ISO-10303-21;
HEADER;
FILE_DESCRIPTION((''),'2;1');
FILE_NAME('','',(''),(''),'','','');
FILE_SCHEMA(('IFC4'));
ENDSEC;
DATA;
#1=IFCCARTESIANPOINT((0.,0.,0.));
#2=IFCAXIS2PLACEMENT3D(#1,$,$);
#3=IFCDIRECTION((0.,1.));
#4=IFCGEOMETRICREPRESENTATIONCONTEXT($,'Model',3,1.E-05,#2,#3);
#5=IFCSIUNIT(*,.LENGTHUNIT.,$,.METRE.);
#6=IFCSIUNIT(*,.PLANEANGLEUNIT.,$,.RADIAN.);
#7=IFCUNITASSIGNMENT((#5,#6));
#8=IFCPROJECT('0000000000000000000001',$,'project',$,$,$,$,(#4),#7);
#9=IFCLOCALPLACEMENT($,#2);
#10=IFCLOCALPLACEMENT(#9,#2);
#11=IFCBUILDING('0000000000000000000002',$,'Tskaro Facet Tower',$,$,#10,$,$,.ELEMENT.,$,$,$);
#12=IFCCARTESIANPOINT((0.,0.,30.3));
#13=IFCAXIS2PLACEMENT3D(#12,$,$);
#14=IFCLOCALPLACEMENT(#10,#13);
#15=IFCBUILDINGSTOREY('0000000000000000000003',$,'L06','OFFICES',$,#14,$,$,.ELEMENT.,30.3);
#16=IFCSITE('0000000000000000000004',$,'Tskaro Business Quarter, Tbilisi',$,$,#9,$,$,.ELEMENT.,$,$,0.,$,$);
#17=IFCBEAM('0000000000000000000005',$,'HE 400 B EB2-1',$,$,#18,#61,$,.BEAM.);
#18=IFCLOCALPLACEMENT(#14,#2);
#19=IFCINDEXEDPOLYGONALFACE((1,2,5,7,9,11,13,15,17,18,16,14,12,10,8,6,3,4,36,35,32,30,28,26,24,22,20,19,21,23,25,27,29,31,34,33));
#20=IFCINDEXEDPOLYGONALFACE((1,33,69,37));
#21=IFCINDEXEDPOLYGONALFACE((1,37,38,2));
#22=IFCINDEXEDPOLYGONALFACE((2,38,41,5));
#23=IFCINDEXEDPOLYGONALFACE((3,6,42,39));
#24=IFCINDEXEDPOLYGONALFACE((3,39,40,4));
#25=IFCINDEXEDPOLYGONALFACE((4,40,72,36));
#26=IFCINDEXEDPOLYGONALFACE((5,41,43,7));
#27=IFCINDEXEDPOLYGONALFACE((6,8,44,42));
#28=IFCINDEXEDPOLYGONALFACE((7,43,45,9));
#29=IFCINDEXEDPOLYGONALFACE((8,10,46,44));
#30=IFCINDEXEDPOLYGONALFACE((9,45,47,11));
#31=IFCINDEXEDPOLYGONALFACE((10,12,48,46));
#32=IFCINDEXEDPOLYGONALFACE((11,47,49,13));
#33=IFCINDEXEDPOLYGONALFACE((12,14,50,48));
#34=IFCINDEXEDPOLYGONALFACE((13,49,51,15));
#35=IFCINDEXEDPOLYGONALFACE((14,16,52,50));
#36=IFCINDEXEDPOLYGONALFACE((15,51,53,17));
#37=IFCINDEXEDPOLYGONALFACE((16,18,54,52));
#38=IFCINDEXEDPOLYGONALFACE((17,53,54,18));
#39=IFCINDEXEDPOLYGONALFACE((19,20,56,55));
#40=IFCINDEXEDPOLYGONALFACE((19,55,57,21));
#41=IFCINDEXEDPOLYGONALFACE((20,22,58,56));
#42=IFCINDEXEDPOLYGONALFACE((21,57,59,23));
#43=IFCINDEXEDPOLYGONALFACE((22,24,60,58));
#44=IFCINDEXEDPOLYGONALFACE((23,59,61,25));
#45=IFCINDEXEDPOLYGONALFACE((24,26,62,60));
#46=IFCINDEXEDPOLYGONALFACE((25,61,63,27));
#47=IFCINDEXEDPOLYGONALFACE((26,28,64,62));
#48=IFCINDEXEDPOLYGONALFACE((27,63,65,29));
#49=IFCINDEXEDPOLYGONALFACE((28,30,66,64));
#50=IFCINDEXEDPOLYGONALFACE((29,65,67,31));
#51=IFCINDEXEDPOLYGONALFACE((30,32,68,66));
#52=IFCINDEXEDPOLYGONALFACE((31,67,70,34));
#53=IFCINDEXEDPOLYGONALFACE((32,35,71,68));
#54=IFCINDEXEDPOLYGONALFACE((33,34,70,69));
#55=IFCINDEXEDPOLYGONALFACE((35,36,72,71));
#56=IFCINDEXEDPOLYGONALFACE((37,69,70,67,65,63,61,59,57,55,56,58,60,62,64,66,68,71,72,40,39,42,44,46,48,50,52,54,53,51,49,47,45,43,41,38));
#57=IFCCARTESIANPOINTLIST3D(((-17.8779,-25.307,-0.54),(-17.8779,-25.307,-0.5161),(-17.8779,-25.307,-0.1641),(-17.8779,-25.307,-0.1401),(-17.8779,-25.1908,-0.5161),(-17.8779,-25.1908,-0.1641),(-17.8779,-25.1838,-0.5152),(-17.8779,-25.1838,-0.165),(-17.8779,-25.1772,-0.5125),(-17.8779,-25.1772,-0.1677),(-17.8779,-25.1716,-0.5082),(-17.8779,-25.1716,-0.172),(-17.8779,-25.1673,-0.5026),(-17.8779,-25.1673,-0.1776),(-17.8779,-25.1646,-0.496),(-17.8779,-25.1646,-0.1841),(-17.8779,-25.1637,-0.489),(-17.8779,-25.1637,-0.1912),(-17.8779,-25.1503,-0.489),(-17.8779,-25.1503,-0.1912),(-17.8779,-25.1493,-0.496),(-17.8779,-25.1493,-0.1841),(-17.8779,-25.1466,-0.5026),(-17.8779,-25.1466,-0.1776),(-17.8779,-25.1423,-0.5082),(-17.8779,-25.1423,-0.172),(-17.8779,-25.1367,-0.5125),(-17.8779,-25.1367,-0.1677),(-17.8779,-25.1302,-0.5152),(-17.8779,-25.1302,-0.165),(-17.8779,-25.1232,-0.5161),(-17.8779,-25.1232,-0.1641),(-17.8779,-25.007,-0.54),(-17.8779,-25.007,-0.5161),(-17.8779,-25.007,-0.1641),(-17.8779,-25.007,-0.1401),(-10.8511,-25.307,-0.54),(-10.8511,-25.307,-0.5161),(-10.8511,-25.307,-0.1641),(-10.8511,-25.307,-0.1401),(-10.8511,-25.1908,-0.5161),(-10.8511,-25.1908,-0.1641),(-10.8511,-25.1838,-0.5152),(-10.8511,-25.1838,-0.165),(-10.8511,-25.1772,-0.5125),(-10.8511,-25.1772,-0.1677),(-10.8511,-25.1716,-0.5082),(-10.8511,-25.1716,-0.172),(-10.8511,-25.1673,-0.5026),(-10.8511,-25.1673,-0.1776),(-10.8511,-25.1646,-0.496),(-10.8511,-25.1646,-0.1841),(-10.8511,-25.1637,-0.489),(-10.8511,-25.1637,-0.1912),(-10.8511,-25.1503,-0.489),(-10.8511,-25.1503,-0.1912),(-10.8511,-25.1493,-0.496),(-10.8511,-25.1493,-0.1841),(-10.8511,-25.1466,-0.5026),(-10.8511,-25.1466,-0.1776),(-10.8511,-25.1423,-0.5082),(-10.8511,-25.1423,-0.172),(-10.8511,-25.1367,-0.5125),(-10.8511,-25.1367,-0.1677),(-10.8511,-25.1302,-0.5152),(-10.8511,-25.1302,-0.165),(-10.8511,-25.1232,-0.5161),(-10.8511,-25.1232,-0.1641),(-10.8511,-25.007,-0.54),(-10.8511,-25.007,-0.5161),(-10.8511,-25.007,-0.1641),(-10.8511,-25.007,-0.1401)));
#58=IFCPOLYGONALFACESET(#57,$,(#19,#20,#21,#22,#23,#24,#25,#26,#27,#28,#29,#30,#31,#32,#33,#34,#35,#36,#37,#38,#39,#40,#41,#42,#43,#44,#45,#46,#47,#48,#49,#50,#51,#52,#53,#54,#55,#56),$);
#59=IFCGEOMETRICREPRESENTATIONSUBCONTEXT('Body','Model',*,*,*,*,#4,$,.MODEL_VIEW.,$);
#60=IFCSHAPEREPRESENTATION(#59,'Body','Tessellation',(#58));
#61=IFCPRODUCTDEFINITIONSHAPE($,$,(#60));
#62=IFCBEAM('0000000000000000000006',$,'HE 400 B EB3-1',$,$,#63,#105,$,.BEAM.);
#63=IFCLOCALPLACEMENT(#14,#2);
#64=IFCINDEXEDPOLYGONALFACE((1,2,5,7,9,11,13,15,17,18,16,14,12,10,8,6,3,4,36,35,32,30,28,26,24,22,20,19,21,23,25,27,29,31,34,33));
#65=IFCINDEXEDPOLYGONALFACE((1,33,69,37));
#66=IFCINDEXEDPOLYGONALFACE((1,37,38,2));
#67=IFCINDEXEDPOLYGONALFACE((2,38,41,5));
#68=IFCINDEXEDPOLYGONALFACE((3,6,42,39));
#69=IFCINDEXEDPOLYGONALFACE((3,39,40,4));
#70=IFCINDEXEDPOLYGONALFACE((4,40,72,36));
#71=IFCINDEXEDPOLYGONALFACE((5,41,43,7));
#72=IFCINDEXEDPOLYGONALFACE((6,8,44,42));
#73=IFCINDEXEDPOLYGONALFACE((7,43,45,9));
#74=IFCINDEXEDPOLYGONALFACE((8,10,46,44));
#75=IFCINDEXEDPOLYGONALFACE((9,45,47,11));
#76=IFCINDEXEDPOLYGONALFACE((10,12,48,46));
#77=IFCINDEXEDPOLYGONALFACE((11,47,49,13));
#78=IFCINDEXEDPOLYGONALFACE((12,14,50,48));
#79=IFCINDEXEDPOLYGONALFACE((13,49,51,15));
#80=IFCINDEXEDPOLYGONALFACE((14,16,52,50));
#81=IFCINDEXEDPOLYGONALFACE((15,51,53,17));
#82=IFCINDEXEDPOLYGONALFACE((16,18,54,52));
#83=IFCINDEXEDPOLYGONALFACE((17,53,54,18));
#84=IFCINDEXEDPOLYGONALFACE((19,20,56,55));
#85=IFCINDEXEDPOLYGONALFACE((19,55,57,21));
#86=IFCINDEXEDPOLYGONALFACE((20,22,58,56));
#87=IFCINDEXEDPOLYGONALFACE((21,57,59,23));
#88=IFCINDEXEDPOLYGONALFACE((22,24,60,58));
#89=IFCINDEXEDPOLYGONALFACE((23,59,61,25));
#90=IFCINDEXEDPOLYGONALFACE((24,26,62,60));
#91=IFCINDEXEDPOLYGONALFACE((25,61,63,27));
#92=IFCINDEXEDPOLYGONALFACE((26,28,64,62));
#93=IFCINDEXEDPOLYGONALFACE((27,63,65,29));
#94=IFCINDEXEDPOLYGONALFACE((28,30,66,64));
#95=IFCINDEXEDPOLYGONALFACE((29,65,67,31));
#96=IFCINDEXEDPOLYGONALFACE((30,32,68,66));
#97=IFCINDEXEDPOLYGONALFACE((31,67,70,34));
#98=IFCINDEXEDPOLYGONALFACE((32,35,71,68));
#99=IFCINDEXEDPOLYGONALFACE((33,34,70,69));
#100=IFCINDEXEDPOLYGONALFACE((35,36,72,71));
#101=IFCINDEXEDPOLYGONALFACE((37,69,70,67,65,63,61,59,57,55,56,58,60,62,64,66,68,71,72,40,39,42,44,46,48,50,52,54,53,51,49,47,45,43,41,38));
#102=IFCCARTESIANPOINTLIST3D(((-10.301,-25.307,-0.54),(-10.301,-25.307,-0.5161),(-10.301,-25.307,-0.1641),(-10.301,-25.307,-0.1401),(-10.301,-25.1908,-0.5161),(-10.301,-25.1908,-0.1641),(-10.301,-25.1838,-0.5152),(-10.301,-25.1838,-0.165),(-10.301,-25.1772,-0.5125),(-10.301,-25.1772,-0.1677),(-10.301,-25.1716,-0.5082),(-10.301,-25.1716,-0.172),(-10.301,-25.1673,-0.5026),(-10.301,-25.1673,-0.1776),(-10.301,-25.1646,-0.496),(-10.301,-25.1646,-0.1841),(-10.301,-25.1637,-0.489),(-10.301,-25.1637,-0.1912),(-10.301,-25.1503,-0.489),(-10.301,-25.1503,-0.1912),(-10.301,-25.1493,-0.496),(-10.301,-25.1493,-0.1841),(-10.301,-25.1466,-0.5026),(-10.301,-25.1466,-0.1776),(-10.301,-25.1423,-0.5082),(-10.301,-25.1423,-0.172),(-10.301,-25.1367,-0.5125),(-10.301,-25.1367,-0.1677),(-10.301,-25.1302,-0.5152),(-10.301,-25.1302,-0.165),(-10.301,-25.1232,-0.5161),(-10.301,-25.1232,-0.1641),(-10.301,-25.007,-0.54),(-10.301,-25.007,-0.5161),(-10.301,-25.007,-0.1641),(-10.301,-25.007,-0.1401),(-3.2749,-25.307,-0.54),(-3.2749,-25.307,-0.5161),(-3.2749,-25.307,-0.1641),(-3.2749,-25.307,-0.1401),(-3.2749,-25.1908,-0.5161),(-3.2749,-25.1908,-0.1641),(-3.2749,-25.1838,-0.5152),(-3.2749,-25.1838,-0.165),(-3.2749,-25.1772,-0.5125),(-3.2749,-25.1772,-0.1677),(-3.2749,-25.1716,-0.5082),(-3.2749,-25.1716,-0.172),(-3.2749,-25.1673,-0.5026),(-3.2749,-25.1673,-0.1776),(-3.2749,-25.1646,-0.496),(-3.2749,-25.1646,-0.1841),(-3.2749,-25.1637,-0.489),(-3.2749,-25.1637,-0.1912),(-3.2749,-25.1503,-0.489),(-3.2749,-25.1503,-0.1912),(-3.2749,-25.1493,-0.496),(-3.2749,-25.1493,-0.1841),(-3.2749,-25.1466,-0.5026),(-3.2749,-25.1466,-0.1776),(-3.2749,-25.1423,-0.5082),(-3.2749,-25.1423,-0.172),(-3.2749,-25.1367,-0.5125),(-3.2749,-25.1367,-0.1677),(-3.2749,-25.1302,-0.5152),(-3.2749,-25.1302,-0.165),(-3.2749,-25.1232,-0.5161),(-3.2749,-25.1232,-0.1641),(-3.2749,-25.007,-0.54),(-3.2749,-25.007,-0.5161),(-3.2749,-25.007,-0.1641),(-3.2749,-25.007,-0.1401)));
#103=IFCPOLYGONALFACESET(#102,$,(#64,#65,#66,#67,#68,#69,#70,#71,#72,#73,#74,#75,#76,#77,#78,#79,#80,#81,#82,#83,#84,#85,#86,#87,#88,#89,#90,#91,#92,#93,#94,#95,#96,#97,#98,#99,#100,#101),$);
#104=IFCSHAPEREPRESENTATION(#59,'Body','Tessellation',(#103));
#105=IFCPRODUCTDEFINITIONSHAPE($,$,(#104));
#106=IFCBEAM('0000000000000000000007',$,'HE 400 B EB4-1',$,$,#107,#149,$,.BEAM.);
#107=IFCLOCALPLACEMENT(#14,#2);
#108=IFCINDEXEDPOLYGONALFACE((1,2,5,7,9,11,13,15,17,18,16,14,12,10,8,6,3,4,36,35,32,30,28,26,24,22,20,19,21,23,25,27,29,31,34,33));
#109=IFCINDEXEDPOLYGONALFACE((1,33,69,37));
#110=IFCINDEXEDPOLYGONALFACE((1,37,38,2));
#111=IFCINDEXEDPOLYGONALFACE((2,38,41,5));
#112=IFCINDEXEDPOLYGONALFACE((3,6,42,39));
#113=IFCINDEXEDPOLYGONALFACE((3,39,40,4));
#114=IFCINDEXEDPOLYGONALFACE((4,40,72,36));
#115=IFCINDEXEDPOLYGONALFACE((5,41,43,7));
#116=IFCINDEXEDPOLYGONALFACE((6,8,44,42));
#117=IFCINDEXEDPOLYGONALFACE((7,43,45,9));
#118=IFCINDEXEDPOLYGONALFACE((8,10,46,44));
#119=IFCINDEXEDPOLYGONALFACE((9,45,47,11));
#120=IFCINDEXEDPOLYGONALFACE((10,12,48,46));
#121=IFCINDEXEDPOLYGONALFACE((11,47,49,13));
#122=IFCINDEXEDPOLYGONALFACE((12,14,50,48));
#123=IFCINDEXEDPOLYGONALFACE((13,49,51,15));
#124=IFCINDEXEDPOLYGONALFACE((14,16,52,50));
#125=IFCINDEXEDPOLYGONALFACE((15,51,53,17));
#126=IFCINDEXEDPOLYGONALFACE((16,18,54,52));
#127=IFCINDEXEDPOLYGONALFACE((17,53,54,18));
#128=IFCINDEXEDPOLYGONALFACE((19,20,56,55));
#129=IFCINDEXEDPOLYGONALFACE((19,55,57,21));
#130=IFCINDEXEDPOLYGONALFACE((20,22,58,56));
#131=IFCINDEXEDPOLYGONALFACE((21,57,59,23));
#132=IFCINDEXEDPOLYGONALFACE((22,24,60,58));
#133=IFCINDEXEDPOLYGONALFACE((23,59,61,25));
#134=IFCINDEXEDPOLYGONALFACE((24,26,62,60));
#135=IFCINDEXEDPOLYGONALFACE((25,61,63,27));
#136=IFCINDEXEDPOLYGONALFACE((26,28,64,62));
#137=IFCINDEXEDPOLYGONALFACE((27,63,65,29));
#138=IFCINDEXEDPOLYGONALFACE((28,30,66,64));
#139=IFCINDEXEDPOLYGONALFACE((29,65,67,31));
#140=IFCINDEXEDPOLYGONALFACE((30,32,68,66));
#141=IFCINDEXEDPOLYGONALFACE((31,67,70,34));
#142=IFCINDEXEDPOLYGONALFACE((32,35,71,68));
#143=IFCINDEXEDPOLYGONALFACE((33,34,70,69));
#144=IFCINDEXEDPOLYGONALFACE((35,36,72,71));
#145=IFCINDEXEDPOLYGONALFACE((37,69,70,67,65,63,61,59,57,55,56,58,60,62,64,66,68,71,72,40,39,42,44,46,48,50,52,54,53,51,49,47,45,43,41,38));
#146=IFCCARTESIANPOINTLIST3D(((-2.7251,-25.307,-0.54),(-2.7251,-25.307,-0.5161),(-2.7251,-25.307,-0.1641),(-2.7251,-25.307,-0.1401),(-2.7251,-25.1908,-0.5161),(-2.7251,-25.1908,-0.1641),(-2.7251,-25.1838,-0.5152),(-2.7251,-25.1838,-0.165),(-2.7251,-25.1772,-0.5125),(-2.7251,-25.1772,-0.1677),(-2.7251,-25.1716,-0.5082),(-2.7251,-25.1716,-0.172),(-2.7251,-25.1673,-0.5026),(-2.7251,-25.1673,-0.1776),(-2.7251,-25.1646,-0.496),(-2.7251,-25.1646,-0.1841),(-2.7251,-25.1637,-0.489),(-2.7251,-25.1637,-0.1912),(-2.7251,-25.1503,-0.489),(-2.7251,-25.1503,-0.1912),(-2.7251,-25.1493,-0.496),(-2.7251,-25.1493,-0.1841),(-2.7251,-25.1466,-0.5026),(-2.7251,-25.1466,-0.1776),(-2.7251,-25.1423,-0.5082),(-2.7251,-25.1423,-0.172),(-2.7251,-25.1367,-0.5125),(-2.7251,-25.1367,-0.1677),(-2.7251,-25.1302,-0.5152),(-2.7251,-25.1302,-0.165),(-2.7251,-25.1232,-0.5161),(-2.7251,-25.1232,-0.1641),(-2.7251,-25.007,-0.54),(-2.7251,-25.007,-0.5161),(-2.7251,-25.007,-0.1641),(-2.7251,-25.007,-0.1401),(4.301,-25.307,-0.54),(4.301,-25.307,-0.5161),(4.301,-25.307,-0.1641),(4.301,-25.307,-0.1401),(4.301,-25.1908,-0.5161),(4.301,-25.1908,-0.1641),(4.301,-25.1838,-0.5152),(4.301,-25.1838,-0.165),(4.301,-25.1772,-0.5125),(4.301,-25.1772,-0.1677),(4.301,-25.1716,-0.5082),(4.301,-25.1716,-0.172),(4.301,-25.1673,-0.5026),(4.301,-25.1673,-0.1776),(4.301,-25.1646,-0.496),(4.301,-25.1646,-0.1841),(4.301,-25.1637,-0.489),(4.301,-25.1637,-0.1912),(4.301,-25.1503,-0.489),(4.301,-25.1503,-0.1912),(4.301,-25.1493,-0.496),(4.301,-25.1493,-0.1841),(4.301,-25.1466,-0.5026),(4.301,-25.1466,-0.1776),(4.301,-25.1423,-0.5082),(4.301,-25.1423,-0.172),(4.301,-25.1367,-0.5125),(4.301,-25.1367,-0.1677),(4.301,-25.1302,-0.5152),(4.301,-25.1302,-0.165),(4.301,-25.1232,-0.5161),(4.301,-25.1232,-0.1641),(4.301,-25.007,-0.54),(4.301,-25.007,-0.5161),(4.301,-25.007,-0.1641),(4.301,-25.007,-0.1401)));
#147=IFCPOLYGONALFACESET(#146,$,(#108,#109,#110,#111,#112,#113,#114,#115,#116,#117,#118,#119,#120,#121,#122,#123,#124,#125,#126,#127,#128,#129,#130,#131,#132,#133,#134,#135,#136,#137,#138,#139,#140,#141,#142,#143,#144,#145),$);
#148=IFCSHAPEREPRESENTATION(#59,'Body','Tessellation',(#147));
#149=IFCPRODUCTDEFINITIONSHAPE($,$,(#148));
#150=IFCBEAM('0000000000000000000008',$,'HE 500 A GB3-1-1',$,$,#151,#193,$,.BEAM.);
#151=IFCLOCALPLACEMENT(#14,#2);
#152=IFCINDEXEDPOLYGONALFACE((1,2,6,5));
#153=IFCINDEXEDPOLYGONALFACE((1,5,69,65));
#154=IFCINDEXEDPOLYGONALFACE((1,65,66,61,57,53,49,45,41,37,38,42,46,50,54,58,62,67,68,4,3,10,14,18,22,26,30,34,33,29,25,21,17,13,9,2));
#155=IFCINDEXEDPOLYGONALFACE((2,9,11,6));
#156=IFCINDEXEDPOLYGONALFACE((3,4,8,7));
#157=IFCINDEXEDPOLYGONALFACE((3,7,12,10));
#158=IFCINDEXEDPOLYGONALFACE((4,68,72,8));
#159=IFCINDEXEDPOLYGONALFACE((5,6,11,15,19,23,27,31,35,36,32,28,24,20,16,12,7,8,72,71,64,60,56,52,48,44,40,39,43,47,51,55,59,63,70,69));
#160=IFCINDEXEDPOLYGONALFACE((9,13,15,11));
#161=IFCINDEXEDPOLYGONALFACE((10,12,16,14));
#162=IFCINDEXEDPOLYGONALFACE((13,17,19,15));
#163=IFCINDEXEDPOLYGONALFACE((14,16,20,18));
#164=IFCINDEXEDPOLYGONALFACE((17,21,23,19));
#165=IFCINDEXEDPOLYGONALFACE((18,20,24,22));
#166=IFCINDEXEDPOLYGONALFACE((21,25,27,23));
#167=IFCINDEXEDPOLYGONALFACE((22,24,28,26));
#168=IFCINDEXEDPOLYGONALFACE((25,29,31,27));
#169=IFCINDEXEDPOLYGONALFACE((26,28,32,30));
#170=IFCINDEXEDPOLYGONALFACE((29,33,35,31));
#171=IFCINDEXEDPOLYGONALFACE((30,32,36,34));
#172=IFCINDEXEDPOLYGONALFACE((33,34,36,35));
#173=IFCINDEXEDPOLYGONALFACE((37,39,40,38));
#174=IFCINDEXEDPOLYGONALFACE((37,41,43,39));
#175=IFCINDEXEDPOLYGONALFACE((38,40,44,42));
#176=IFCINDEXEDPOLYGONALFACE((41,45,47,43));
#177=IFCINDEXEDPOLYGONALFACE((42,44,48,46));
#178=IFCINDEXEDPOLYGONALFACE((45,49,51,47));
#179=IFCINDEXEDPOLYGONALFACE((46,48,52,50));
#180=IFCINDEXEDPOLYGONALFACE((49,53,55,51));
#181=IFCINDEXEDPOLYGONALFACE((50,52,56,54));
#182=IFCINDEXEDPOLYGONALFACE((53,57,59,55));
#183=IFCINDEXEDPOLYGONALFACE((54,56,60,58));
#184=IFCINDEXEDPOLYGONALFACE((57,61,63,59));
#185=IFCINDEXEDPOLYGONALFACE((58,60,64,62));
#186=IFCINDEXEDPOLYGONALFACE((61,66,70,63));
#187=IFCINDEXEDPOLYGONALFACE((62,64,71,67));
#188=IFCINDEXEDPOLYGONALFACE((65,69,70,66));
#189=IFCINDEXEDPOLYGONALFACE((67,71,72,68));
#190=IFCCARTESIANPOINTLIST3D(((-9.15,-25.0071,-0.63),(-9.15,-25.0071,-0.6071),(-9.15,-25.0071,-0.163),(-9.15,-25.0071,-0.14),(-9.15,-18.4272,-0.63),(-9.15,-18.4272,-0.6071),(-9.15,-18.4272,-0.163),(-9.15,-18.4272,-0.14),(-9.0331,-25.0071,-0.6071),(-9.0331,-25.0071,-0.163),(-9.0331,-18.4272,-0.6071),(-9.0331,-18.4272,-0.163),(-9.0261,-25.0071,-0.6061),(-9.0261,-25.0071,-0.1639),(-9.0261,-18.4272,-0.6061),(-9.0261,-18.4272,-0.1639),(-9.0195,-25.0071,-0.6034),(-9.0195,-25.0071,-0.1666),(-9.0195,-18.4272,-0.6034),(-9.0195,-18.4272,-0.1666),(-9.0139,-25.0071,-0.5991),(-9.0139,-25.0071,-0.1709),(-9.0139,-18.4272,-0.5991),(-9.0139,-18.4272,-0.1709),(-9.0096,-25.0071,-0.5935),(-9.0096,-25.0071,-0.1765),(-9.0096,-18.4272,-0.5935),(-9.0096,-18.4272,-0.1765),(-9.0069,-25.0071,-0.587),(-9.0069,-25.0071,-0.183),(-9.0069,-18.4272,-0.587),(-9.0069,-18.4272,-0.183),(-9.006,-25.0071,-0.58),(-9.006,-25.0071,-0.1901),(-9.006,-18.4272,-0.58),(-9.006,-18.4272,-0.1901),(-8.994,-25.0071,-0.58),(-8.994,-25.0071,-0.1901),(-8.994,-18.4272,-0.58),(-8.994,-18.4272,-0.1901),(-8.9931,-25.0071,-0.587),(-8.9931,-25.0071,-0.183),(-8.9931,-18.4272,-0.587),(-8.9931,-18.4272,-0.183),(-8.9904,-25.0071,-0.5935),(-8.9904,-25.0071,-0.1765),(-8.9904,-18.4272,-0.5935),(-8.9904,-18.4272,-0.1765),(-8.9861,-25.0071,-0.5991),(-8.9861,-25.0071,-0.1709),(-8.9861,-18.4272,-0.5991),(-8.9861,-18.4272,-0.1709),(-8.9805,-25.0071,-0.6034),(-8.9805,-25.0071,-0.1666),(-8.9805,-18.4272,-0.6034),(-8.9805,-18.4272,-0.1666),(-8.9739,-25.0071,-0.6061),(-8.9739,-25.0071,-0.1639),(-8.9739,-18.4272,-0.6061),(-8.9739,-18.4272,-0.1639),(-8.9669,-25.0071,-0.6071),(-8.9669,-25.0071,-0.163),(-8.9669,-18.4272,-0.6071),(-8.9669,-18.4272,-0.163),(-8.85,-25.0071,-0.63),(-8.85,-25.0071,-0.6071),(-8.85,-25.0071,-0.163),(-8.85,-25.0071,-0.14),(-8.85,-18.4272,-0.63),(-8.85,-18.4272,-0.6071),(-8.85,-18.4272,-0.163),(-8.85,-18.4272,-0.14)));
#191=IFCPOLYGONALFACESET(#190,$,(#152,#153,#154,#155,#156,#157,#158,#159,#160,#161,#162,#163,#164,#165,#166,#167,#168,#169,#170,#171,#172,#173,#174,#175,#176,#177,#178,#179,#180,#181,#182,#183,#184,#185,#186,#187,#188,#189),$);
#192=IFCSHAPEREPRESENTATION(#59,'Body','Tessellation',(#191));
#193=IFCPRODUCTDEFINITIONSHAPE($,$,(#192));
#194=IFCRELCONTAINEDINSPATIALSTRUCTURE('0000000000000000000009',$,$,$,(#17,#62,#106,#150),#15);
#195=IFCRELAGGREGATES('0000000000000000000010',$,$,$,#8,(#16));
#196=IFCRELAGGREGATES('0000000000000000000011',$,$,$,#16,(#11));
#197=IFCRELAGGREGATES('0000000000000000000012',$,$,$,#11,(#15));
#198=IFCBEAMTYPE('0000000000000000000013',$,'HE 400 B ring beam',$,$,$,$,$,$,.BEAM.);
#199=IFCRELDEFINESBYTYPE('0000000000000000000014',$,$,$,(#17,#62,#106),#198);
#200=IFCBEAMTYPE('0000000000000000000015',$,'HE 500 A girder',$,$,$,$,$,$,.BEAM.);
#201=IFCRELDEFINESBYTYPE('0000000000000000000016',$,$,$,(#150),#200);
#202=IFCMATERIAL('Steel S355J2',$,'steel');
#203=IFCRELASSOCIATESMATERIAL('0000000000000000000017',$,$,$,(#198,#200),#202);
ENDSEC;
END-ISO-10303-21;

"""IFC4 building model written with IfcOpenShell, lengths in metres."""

from ifc_helpers import new_model, si_unit, direction, frame, origin, origin_2d, place, context, subcontext, project, spatial, i_section, extrude, material, material_profile, profile_set, type_object, element, save


model = new_model("IFC4")

# Units and contexts
model_context = context("Model", 3, precision=1e-05, world=origin(), true_north=direction((0.0, 1.0)))
body_context = subcontext(model_context, "Body", "Model", "MODEL_VIEW")
ifc_project = project(units=[si_unit("LENGTHUNIT", "METRE"), si_unit("PLANEANGLEUNIT", "RADIAN")], contexts=[model_context])

# Site, building, storey
site_placement = place(None, origin())
site = spatial("IfcSite", under=ifc_project, at=site_placement, Name="Tskaro Business Quarter, Tbilisi", CompositionType="ELEMENT", RefElevation=0.0)
building_placement = place(site_placement, origin())
building = spatial("IfcBuilding", under=site, at=building_placement, Name="Tskaro Facet Tower", CompositionType="ELEMENT")
storey_placement = place(building_placement, frame((0.0, 0.0, 30.3)))
storey = spatial("IfcBuildingStorey", under=building, at=storey_placement, Name="L06", Description="OFFICES", CompositionType="ELEMENT", Elevation=30.3)

# Beams
ifc_material_1 = material(Name="Steel S355J2", Category="steel")
ifc_material_profile_1 = material_profile(ifc_material_1, i_section(OverallWidth=0.3, OverallDepth=0.3999, WebThickness=0.0134, FlangeThickness=0.0239, FilletRadius=0.0271, at=origin_2d()), Name="HE 400 B")
ifc_profile_set_1 = profile_set([ifc_material_profile_1], Name="Steel S355J2")
beam_type_1 = type_object("IfcBeamType", Name="HE 400 B ring beam", PredefinedType="BEAM", material=ifc_profile_set_1)
beam_1_placement = place(storey_placement, frame((-17.8779, -25.157, -0.3401), z_axis=(1.0, 0.0, 0.0), x_axis=(0.0, 1.0, 0.0)))
element("IfcBeam", 1, at=beam_1_placement, inside=storey, type_object=beam_type_1, Name="HE 400 B EB2-1", PredefinedType="BEAM", context=body_context, shape_type="SweptSolid", body=[
    extrude(i_section(OverallWidth=0.3, OverallDepth=0.3999, WebThickness=0.0134, FlangeThickness=0.0239, FilletRadius=0.0271, at=origin_2d()), origin(), (0.0, 0.0, 1.0), 7.0269),
])
for number, where, z_axis, x_axis, name in (
    (2, (-10.301, -25.157, -0.3401), (1.0, 0.0, 0.0), (0.0, 1.0, 0.0), "HE 400 B EB3-1"),
    (3, (-2.7251, -25.157, -0.3401), (1.0, 0.0, 0.0), (0.0, 1.0, 0.0), "HE 400 B EB4-1"),
):
    element("IfcBeam", number, at=place(storey_placement, frame(where, z_axis=z_axis, x_axis=x_axis)), inside=storey, type_object=beam_type_1, Name=name, PredefinedType="BEAM", context=body_context, shape_type="SweptSolid", body=[
        extrude(i_section(OverallWidth=0.3, OverallDepth=0.3999, WebThickness=0.0134, FlangeThickness=0.0239, FilletRadius=0.0271, at=origin_2d()), origin(), (0.0, 0.0, 1.0), 7.0261),
    ])
ifc_material_profile_2 = material_profile(ifc_material_1, i_section(OverallWidth=0.3, OverallDepth=0.49, WebThickness=0.012, FlangeThickness=0.0229, FilletRadius=0.0271, at=origin_2d()), Name="HE 500 A")
ifc_profile_set_2 = profile_set([ifc_material_profile_2], Name="Steel S355J2")
beam_type_2 = type_object("IfcBeamType", Name="HE 500 A girder", PredefinedType="BEAM", material=ifc_profile_set_2)
beam_2_placement = place(storey_placement, frame((-9.0, -25.0071, -0.385), z_axis=(0.0, 1.0, 0.0), x_axis=(-1.0, 0.0, 0.0)))
element("IfcBeam", 4, at=beam_2_placement, inside=storey, type_object=beam_type_2, Name="HE 500 A GB3-1-1", PredefinedType="BEAM", context=body_context, shape_type="SweptSolid", body=[
    extrude(i_section(OverallWidth=0.3, OverallDepth=0.49, WebThickness=0.012, FlangeThickness=0.0229, FilletRadius=0.0271, at=origin_2d()), origin(), (0.0, 0.0, 1.0), 6.5798),
])

save(model, "model.ifc")
